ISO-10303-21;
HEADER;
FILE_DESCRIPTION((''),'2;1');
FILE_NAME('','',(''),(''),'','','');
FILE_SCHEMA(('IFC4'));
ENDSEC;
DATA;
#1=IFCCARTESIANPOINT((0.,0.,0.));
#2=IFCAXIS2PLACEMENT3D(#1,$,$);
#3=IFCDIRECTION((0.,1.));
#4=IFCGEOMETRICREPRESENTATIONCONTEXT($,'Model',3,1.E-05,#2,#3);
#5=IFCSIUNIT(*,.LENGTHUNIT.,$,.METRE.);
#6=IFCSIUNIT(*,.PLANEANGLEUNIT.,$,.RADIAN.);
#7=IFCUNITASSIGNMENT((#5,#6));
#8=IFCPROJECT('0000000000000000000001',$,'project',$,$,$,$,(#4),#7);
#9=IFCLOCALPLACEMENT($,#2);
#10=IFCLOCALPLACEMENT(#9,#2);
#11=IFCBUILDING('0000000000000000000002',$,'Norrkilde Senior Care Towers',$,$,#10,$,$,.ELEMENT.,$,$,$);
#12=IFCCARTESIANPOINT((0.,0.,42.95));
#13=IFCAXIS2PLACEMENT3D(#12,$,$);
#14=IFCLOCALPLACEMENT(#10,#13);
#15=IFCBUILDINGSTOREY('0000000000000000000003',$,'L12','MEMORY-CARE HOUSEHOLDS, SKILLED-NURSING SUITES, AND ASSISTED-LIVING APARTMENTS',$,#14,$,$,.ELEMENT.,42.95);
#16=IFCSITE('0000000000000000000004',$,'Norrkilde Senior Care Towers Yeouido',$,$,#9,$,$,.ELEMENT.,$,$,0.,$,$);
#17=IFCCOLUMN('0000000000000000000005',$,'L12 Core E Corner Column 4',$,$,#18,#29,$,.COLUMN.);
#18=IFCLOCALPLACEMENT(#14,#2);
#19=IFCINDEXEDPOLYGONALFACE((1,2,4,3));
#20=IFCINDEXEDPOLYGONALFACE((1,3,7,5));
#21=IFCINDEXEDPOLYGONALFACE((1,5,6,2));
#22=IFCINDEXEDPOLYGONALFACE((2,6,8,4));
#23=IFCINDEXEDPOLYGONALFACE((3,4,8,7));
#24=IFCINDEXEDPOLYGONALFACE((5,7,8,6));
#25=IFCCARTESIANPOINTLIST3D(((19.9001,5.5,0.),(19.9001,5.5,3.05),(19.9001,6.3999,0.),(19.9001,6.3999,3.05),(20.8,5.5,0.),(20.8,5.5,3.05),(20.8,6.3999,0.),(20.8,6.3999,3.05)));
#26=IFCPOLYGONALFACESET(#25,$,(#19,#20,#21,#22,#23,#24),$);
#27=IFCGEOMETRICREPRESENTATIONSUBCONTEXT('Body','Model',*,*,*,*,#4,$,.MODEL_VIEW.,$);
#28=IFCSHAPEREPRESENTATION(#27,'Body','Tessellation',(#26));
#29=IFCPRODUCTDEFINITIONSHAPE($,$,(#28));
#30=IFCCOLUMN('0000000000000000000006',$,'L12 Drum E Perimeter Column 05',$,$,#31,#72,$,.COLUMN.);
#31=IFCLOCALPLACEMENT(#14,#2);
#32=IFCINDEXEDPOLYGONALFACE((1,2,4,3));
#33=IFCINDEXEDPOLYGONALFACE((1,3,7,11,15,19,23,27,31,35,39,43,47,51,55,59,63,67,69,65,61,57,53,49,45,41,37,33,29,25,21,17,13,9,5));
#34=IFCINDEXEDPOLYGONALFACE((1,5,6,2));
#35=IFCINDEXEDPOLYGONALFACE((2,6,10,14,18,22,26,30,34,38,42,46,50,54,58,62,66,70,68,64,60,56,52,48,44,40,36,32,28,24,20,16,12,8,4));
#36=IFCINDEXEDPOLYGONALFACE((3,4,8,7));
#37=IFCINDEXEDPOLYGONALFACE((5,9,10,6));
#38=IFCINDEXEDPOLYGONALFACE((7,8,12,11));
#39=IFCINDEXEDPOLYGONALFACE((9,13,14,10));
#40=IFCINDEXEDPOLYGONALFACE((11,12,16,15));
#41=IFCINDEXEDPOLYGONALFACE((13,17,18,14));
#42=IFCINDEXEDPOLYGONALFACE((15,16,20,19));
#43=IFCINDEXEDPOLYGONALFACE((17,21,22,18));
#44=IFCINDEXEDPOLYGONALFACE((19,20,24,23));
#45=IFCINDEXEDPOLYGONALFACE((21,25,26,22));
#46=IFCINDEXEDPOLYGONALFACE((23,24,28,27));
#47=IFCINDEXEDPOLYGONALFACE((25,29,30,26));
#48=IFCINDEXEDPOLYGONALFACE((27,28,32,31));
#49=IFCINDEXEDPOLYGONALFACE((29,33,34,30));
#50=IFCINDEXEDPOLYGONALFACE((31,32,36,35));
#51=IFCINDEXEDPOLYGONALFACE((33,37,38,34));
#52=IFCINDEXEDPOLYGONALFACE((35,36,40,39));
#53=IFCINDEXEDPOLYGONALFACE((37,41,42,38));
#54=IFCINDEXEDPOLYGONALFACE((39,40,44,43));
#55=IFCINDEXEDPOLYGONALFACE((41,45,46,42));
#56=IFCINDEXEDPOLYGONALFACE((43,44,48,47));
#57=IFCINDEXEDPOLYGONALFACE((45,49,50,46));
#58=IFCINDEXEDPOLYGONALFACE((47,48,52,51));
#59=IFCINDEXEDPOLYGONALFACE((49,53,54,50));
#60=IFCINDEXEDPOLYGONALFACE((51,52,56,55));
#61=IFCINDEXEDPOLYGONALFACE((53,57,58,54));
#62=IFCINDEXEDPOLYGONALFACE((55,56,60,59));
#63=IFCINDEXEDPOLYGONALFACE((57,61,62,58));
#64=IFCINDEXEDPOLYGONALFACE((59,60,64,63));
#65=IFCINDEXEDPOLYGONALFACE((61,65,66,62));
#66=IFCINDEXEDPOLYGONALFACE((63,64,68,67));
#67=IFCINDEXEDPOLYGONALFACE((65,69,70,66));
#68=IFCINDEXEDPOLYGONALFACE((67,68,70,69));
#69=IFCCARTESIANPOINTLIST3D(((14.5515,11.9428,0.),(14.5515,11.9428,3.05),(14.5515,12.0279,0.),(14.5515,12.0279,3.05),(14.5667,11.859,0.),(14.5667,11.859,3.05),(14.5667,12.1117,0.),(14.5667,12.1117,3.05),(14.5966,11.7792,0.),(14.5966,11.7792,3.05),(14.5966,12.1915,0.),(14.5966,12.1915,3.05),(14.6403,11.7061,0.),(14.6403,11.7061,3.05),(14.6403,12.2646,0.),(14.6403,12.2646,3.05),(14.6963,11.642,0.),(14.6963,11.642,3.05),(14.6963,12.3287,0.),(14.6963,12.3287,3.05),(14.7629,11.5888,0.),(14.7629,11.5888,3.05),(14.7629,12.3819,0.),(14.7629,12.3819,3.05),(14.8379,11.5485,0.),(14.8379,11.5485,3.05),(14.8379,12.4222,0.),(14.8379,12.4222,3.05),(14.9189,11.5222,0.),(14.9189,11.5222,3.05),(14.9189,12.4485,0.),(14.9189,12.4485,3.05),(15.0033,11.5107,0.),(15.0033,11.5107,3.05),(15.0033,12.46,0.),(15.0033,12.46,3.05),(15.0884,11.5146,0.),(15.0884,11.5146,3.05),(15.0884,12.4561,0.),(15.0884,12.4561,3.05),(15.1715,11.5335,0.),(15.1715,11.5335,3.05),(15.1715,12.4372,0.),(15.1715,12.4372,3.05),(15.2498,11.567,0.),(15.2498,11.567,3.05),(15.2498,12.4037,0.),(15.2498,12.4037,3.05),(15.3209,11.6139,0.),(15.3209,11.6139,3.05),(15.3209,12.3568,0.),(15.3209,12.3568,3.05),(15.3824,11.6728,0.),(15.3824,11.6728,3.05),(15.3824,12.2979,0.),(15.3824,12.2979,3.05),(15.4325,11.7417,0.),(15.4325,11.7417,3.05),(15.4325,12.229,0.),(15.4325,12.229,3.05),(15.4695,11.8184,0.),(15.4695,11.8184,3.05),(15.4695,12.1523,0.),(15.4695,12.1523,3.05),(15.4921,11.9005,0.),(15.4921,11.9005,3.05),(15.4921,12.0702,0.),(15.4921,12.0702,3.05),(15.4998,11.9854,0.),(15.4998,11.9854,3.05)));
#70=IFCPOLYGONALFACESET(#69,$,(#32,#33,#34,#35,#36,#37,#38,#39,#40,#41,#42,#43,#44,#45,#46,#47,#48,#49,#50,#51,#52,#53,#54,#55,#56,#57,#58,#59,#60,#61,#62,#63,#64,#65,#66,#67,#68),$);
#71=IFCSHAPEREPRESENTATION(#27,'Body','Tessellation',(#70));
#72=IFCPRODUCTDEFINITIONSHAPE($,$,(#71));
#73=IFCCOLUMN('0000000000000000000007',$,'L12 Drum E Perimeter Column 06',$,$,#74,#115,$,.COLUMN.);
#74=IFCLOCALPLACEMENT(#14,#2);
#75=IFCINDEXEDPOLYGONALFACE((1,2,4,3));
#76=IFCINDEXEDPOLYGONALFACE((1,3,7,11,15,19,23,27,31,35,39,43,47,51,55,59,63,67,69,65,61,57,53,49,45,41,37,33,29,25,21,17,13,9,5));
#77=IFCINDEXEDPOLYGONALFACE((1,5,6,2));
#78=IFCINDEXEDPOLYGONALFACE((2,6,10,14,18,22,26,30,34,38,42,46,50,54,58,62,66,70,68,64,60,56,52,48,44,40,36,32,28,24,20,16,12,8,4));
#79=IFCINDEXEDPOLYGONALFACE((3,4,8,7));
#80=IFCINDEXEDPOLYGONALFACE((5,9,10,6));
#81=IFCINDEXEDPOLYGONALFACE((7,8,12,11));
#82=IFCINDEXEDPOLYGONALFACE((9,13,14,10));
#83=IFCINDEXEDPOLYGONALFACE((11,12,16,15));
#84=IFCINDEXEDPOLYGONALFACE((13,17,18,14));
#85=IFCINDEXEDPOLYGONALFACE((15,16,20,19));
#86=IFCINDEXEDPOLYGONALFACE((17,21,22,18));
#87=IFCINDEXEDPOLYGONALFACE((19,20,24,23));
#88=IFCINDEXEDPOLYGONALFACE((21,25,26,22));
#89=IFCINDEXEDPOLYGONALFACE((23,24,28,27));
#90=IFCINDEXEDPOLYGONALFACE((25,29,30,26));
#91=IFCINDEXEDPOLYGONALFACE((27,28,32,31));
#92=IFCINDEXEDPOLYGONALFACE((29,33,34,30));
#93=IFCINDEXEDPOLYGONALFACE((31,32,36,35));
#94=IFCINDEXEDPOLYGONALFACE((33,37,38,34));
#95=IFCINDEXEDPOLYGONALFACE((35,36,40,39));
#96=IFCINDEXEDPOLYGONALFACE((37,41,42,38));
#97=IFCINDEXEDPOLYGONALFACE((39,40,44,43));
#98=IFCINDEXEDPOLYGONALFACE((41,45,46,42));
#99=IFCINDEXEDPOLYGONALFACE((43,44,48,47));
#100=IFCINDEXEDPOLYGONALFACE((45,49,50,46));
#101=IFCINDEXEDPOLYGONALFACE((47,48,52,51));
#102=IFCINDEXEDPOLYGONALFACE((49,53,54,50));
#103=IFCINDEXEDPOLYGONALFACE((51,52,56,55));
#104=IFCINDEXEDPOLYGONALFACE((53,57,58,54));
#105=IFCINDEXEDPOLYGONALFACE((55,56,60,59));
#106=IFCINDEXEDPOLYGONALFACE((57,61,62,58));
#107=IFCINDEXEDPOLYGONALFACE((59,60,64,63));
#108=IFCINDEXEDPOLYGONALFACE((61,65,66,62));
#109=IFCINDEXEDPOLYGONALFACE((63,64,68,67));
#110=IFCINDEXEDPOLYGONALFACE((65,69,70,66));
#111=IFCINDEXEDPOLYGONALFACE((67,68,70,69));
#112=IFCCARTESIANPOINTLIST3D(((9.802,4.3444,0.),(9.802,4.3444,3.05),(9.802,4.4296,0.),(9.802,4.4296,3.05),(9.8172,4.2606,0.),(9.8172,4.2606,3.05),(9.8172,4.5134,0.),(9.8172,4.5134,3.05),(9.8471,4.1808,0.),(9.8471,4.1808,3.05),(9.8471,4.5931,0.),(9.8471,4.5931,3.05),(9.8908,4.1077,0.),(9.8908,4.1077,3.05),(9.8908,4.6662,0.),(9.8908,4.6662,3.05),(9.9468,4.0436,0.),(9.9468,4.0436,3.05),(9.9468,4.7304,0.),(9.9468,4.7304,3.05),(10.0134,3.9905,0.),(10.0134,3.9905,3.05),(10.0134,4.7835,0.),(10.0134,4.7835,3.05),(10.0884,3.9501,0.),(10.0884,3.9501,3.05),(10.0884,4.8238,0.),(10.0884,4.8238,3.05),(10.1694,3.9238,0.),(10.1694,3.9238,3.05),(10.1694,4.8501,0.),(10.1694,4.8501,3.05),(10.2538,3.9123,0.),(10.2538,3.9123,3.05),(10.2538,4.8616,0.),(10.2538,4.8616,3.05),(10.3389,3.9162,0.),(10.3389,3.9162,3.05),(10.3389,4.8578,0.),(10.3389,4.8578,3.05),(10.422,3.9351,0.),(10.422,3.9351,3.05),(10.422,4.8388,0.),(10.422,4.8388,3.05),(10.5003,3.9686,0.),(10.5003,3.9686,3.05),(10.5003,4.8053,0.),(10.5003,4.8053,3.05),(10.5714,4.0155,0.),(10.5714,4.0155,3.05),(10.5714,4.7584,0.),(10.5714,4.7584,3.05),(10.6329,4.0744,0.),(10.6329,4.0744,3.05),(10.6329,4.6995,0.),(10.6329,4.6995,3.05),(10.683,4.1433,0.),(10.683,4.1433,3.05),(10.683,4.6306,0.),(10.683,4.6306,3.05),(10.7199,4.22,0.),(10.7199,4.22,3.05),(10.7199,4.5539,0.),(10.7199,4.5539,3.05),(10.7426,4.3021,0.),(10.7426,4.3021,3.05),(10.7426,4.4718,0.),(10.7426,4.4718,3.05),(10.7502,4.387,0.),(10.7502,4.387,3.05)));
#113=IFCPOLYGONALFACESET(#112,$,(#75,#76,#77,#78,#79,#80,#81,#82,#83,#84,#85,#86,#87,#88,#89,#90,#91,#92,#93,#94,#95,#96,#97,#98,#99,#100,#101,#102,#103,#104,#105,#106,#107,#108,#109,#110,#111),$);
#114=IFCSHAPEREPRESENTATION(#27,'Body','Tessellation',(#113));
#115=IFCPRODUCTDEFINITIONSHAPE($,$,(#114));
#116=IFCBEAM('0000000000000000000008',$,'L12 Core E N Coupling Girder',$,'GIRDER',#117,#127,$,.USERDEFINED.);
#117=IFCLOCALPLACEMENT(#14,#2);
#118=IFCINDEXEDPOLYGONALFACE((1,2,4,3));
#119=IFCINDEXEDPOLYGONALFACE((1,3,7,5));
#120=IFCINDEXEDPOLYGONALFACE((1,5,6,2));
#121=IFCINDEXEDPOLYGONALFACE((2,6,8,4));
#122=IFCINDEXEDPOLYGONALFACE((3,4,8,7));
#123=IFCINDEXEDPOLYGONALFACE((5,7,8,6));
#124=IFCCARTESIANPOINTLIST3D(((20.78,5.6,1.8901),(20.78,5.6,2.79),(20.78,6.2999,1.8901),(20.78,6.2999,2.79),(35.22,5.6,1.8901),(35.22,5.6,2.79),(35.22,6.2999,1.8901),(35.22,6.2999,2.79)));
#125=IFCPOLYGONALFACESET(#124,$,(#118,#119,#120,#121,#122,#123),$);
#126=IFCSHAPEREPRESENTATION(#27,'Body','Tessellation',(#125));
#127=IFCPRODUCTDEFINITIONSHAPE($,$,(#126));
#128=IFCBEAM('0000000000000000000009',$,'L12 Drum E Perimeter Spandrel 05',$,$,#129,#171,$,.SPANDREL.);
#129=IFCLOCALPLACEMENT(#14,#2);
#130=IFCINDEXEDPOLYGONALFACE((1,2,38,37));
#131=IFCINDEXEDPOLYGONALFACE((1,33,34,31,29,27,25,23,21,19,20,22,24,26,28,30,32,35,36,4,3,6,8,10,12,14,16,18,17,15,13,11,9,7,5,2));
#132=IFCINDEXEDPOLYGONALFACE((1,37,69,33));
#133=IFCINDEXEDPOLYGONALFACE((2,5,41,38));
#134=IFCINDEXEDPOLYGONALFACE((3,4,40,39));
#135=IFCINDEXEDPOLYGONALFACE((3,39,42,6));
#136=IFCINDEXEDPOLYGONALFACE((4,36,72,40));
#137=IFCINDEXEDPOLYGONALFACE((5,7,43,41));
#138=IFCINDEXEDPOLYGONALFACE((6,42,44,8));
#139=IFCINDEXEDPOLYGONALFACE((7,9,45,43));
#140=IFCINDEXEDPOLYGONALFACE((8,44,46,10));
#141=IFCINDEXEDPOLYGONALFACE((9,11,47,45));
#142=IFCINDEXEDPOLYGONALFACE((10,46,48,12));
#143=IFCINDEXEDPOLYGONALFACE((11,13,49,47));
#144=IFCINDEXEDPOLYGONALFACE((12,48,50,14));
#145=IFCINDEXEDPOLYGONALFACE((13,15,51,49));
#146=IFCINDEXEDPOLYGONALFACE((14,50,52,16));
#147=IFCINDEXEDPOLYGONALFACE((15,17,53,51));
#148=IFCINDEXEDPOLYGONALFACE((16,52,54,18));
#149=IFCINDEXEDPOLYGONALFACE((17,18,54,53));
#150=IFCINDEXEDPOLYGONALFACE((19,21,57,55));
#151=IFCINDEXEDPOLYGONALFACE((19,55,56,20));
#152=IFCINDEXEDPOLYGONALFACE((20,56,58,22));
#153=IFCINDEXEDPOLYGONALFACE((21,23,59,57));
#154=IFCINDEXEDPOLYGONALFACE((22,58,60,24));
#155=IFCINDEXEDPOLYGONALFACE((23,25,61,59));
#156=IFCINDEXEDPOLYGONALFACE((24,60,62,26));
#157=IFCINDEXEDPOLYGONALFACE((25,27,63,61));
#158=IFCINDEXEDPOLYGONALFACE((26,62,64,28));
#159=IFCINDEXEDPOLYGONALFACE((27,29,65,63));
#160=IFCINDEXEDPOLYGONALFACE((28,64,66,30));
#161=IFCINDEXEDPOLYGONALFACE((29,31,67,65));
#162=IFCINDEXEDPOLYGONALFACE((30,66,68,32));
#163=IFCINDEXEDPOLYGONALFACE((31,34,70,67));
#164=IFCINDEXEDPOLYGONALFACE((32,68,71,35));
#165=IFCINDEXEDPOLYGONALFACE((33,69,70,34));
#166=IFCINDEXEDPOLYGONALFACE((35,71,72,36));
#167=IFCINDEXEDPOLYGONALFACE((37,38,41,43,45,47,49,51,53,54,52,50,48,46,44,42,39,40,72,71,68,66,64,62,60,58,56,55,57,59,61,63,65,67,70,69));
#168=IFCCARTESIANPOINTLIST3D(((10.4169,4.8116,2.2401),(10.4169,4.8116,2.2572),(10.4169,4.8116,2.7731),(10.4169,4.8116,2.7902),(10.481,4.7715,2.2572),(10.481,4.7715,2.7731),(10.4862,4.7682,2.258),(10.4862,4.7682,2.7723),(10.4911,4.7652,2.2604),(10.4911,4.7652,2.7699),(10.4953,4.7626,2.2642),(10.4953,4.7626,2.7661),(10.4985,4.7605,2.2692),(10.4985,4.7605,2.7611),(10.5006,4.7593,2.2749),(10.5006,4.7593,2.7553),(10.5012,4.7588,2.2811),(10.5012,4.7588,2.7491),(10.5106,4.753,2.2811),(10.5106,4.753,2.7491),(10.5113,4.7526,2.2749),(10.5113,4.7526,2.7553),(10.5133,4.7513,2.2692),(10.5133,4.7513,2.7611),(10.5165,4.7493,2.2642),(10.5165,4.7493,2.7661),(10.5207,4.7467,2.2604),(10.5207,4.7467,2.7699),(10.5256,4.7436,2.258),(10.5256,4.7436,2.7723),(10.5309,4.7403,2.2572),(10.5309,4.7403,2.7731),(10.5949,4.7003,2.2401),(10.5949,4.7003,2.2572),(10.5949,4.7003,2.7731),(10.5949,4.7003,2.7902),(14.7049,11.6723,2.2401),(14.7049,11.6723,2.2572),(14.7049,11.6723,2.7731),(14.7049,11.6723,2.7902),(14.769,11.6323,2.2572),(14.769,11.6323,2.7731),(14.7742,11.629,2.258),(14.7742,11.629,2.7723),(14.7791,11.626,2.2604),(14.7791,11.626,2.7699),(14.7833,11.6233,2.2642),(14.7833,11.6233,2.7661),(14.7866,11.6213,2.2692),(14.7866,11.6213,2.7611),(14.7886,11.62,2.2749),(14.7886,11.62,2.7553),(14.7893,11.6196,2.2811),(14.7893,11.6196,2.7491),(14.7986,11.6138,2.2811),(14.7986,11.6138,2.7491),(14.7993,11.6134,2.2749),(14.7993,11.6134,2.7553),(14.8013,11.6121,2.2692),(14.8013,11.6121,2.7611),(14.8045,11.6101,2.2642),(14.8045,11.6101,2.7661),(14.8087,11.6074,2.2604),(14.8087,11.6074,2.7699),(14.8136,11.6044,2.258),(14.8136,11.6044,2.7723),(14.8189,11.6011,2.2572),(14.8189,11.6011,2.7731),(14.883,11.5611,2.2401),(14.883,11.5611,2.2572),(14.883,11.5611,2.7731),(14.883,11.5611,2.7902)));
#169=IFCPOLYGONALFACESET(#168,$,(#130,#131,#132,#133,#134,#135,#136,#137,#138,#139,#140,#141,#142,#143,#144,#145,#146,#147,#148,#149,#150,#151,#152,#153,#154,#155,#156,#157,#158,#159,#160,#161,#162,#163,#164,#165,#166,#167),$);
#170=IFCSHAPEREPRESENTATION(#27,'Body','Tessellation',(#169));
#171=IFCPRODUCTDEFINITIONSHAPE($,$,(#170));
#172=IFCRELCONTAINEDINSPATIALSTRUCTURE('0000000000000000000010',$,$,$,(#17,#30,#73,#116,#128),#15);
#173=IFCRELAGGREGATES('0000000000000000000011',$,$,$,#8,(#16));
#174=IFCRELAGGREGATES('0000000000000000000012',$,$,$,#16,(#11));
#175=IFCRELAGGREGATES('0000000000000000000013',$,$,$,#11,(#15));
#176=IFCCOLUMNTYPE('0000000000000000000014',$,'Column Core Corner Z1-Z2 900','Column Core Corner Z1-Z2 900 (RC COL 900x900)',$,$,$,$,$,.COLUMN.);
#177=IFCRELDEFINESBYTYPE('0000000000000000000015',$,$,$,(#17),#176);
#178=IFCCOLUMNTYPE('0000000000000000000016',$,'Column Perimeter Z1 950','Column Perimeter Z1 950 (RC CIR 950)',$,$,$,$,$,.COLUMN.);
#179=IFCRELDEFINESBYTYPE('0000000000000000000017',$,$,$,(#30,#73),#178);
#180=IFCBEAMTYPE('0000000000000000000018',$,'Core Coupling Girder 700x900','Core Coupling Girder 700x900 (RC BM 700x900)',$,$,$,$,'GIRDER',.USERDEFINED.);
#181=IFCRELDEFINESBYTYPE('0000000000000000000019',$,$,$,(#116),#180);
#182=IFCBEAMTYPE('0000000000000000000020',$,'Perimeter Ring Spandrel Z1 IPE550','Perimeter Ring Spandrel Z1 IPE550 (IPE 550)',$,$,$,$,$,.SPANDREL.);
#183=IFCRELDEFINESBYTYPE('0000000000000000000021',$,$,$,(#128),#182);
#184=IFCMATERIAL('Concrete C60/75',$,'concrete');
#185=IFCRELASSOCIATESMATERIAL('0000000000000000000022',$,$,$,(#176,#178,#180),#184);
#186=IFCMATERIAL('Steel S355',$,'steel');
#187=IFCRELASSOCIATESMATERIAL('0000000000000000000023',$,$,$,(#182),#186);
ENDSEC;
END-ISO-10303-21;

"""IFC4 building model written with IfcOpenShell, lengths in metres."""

from ifc_helpers import new_model, si_unit, direction, frame, origin, origin_2d, place, context, subcontext, project, spatial, rectangle, circle, i_section, extrude, source, transform, mapped, material, material_profile, profile_set, type_object, type_shapes, element, save


model = new_model("IFC4")

# Units and contexts
model_context = context("Model", 3, precision=1e-05, world=origin(), true_north=direction((0.0, 1.0)))
body_context = subcontext(model_context, "Body", "Model", "MODEL_VIEW")
ifc_project = project(units=[si_unit("LENGTHUNIT", "METRE"), si_unit("PLANEANGLEUNIT", "RADIAN")], contexts=[model_context])

# Site, building, storey
site_placement = place(None, origin())
site = spatial("IfcSite", under=ifc_project, at=site_placement, Name="Norrkilde Senior Care Towers Yeouido", CompositionType="ELEMENT", RefElevation=0.0)
building_placement = place(site_placement, origin())
building = spatial("IfcBuilding", under=site, at=building_placement, Name="Norrkilde Senior Care Towers", CompositionType="ELEMENT")
storey_placement = place(building_placement, frame((0.0, 0.0, 42.95)))
storey = spatial("IfcBuildingStorey", under=building, at=storey_placement, Name="L12", Description="MEMORY-CARE HOUSEHOLDS, SKILLED-NURSING SUITES, AND ASSISTED-LIVING APARTMENTS", CompositionType="ELEMENT", Elevation=42.95)

# Columns
ifc_material_1 = material(Name="Concrete C60/75", Category="concrete")
ifc_material_profile_1 = material_profile(ifc_material_1, rectangle(XDim=0.8999, YDim=0.8999, at=origin_2d()), Name="RC COL 900x900")
ifc_profile_set_1 = profile_set([ifc_material_profile_1], Name="Concrete C60/75")
column_type_1 = type_object("IfcColumnType", Name="Column Core Corner Z1-Z2 900", Description="Column Core Corner Z1-Z2 900 (RC COL 900x900)", PredefinedType="COLUMN", material=ifc_profile_set_1)
shared_shape_1 = source(origin(), body_context, "Body", "SweptSolid", [
    extrude(rectangle(XDim=0.8999, YDim=0.8999, at=origin_2d()), origin(), (0.0, 0.0, 1.0), 3.05),
])
type_shapes(column_type_1, [shared_shape_1])
column_placement = place(storey_placement, frame((20.3501, 5.95, 0.0), z_axis=(0.0, 0.0, 1.0), x_axis=(1.0, 0.0, 0.0)))
element("IfcColumn", 1, at=column_placement, inside=storey, type_object=column_type_1, Name="L12 Core E Corner Column 4", PredefinedType="COLUMN", context=body_context, shape_type="MappedRepresentation", body=[
    mapped(shared_shape_1, transform((0.0, 0.0, 0.0), x_axis=(1.0, 0.0, 0.0), y_axis=(0.0, 1.0, 0.0), z_axis=(0.0, 0.0, 1.0), scale=1.0)),
])
ifc_material_profile_2 = material_profile(ifc_material_1, circle(Radius=0.4751, at=origin_2d()), Name="RC CIR 950")
ifc_profile_set_2 = profile_set([ifc_material_profile_2], Name="Concrete C60/75")
column_type_2 = type_object("IfcColumnType", Name="Column Perimeter Z1 950", Description="Column Perimeter Z1 950 (RC CIR 950)", PredefinedType="COLUMN", material=ifc_profile_set_2)
shared_shape_2 = source(origin(), body_context, "Body", "SweptSolid", [
    extrude(circle(Radius=0.4751, at=origin_2d()), origin(), (0.0, 0.0, 1.0), 3.05),
])
type_shapes(column_type_2, [shared_shape_2])
for number, where, z_axis, x_axis, name in (
    (2, (15.0247, 11.9854, 0.0), (0.0, 0.0, 1.0), (1.0, 0.0, 0.0), "L12 Drum E Perimeter Column 05"),
    (3, (10.2751, 4.387, 0.0), (0.0, 0.0, 1.0), (1.0, 0.0, 0.0), "L12 Drum E Perimeter Column 06"),
):
    element("IfcColumn", number, at=place(storey_placement, frame(where, z_axis=z_axis, x_axis=x_axis)), inside=storey, type_object=column_type_2, Name=name, PredefinedType="COLUMN", context=body_context, shape_type="MappedRepresentation", body=[
        mapped(shared_shape_2, transform((0.0, 0.0, 0.0), x_axis=(1.0, 0.0, 0.0), y_axis=(0.0, 1.0, 0.0), z_axis=(0.0, 0.0, 1.0), scale=1.0)),
    ])

# Beams
ifc_material_profile_3 = material_profile(ifc_material_1, rectangle(XDim=0.7, YDim=0.8999, at=origin_2d()), Name="RC BM 700x900")
ifc_profile_set_3 = profile_set([ifc_material_profile_3], Name="Concrete C60/75")
beam_type_1 = type_object("IfcBeamType", Name="Core Coupling Girder 700x900", Description="Core Coupling Girder 700x900 (RC BM 700x900)", ElementType="GIRDER", PredefinedType="USERDEFINED", material=ifc_profile_set_3)
shared_shape_3 = source(origin(), body_context, "Body", "SweptSolid", [
    extrude(rectangle(XDim=0.7, YDim=0.8999, at=origin_2d()), origin(), (0.0, 0.0, 1.0), 14.4399),
])
type_shapes(beam_type_1, [shared_shape_3])
beam_1_placement = place(storey_placement, frame((20.78, 5.95, 2.3401), z_axis=(1.0, 0.0, 0.0), x_axis=(0.0, 1.0, 0.0)))
element("IfcBeam", 4, at=beam_1_placement, inside=storey, type_object=beam_type_1, Name="L12 Core E N Coupling Girder", ObjectType="GIRDER", PredefinedType="USERDEFINED", context=body_context, shape_type="MappedRepresentation", body=[
    mapped(shared_shape_3, transform((0.0, 0.0, 0.0), x_axis=(1.0, 0.0, 0.0), y_axis=(0.0, 1.0, 0.0), z_axis=(0.0, 0.0, 1.0), scale=1.0)),
])
ifc_material_2 = material(Name="Steel S355", Category="steel")
ifc_material_profile_4 = material_profile(ifc_material_2, i_section(OverallWidth=0.21, OverallDepth=0.55, WebThickness=0.011, FlangeThickness=0.0171, FilletRadius=0.0239, at=origin_2d()), Name="IPE 550")
ifc_profile_set_4 = profile_set([ifc_material_profile_4], Name="Steel S355")
beam_type_2 = type_object("IfcBeamType", Name="Perimeter Ring Spandrel Z1 IPE550", Description="Perimeter Ring Spandrel Z1 IPE550 (IPE 550)", PredefinedType="SPANDREL", material=ifc_profile_set_4)
shared_shape_4 = source(origin(), body_context, "Body", "SweptSolid", [
    extrude(i_section(OverallWidth=0.21, OverallDepth=0.55, WebThickness=0.011, FlangeThickness=0.0171, FilletRadius=0.0239, at=origin_2d()), origin(), (0.0, 0.0, 1.0), 8.0906),
])
beam_2_placement = place(storey_placement, frame((14.7939, 11.6167, 2.5151), z_axis=(-0.530004, -0.847995, 0.0), x_axis=(0.847995, -0.530004, 0.0)))
element("IfcBeam", 5, at=beam_2_placement, inside=storey, type_object=beam_type_2, Name="L12 Drum E Perimeter Spandrel 05", PredefinedType="SPANDREL", context=body_context, shape_type="MappedRepresentation", body=[
    mapped(shared_shape_4, transform((0.0, 0.0, 0.0), x_axis=(1.0, 0.0, 0.0), y_axis=(0.0, 1.0, 0.0), z_axis=(0.0, 0.0, 1.0), scale=1.0)),
])

save(model, "model.ifc")
